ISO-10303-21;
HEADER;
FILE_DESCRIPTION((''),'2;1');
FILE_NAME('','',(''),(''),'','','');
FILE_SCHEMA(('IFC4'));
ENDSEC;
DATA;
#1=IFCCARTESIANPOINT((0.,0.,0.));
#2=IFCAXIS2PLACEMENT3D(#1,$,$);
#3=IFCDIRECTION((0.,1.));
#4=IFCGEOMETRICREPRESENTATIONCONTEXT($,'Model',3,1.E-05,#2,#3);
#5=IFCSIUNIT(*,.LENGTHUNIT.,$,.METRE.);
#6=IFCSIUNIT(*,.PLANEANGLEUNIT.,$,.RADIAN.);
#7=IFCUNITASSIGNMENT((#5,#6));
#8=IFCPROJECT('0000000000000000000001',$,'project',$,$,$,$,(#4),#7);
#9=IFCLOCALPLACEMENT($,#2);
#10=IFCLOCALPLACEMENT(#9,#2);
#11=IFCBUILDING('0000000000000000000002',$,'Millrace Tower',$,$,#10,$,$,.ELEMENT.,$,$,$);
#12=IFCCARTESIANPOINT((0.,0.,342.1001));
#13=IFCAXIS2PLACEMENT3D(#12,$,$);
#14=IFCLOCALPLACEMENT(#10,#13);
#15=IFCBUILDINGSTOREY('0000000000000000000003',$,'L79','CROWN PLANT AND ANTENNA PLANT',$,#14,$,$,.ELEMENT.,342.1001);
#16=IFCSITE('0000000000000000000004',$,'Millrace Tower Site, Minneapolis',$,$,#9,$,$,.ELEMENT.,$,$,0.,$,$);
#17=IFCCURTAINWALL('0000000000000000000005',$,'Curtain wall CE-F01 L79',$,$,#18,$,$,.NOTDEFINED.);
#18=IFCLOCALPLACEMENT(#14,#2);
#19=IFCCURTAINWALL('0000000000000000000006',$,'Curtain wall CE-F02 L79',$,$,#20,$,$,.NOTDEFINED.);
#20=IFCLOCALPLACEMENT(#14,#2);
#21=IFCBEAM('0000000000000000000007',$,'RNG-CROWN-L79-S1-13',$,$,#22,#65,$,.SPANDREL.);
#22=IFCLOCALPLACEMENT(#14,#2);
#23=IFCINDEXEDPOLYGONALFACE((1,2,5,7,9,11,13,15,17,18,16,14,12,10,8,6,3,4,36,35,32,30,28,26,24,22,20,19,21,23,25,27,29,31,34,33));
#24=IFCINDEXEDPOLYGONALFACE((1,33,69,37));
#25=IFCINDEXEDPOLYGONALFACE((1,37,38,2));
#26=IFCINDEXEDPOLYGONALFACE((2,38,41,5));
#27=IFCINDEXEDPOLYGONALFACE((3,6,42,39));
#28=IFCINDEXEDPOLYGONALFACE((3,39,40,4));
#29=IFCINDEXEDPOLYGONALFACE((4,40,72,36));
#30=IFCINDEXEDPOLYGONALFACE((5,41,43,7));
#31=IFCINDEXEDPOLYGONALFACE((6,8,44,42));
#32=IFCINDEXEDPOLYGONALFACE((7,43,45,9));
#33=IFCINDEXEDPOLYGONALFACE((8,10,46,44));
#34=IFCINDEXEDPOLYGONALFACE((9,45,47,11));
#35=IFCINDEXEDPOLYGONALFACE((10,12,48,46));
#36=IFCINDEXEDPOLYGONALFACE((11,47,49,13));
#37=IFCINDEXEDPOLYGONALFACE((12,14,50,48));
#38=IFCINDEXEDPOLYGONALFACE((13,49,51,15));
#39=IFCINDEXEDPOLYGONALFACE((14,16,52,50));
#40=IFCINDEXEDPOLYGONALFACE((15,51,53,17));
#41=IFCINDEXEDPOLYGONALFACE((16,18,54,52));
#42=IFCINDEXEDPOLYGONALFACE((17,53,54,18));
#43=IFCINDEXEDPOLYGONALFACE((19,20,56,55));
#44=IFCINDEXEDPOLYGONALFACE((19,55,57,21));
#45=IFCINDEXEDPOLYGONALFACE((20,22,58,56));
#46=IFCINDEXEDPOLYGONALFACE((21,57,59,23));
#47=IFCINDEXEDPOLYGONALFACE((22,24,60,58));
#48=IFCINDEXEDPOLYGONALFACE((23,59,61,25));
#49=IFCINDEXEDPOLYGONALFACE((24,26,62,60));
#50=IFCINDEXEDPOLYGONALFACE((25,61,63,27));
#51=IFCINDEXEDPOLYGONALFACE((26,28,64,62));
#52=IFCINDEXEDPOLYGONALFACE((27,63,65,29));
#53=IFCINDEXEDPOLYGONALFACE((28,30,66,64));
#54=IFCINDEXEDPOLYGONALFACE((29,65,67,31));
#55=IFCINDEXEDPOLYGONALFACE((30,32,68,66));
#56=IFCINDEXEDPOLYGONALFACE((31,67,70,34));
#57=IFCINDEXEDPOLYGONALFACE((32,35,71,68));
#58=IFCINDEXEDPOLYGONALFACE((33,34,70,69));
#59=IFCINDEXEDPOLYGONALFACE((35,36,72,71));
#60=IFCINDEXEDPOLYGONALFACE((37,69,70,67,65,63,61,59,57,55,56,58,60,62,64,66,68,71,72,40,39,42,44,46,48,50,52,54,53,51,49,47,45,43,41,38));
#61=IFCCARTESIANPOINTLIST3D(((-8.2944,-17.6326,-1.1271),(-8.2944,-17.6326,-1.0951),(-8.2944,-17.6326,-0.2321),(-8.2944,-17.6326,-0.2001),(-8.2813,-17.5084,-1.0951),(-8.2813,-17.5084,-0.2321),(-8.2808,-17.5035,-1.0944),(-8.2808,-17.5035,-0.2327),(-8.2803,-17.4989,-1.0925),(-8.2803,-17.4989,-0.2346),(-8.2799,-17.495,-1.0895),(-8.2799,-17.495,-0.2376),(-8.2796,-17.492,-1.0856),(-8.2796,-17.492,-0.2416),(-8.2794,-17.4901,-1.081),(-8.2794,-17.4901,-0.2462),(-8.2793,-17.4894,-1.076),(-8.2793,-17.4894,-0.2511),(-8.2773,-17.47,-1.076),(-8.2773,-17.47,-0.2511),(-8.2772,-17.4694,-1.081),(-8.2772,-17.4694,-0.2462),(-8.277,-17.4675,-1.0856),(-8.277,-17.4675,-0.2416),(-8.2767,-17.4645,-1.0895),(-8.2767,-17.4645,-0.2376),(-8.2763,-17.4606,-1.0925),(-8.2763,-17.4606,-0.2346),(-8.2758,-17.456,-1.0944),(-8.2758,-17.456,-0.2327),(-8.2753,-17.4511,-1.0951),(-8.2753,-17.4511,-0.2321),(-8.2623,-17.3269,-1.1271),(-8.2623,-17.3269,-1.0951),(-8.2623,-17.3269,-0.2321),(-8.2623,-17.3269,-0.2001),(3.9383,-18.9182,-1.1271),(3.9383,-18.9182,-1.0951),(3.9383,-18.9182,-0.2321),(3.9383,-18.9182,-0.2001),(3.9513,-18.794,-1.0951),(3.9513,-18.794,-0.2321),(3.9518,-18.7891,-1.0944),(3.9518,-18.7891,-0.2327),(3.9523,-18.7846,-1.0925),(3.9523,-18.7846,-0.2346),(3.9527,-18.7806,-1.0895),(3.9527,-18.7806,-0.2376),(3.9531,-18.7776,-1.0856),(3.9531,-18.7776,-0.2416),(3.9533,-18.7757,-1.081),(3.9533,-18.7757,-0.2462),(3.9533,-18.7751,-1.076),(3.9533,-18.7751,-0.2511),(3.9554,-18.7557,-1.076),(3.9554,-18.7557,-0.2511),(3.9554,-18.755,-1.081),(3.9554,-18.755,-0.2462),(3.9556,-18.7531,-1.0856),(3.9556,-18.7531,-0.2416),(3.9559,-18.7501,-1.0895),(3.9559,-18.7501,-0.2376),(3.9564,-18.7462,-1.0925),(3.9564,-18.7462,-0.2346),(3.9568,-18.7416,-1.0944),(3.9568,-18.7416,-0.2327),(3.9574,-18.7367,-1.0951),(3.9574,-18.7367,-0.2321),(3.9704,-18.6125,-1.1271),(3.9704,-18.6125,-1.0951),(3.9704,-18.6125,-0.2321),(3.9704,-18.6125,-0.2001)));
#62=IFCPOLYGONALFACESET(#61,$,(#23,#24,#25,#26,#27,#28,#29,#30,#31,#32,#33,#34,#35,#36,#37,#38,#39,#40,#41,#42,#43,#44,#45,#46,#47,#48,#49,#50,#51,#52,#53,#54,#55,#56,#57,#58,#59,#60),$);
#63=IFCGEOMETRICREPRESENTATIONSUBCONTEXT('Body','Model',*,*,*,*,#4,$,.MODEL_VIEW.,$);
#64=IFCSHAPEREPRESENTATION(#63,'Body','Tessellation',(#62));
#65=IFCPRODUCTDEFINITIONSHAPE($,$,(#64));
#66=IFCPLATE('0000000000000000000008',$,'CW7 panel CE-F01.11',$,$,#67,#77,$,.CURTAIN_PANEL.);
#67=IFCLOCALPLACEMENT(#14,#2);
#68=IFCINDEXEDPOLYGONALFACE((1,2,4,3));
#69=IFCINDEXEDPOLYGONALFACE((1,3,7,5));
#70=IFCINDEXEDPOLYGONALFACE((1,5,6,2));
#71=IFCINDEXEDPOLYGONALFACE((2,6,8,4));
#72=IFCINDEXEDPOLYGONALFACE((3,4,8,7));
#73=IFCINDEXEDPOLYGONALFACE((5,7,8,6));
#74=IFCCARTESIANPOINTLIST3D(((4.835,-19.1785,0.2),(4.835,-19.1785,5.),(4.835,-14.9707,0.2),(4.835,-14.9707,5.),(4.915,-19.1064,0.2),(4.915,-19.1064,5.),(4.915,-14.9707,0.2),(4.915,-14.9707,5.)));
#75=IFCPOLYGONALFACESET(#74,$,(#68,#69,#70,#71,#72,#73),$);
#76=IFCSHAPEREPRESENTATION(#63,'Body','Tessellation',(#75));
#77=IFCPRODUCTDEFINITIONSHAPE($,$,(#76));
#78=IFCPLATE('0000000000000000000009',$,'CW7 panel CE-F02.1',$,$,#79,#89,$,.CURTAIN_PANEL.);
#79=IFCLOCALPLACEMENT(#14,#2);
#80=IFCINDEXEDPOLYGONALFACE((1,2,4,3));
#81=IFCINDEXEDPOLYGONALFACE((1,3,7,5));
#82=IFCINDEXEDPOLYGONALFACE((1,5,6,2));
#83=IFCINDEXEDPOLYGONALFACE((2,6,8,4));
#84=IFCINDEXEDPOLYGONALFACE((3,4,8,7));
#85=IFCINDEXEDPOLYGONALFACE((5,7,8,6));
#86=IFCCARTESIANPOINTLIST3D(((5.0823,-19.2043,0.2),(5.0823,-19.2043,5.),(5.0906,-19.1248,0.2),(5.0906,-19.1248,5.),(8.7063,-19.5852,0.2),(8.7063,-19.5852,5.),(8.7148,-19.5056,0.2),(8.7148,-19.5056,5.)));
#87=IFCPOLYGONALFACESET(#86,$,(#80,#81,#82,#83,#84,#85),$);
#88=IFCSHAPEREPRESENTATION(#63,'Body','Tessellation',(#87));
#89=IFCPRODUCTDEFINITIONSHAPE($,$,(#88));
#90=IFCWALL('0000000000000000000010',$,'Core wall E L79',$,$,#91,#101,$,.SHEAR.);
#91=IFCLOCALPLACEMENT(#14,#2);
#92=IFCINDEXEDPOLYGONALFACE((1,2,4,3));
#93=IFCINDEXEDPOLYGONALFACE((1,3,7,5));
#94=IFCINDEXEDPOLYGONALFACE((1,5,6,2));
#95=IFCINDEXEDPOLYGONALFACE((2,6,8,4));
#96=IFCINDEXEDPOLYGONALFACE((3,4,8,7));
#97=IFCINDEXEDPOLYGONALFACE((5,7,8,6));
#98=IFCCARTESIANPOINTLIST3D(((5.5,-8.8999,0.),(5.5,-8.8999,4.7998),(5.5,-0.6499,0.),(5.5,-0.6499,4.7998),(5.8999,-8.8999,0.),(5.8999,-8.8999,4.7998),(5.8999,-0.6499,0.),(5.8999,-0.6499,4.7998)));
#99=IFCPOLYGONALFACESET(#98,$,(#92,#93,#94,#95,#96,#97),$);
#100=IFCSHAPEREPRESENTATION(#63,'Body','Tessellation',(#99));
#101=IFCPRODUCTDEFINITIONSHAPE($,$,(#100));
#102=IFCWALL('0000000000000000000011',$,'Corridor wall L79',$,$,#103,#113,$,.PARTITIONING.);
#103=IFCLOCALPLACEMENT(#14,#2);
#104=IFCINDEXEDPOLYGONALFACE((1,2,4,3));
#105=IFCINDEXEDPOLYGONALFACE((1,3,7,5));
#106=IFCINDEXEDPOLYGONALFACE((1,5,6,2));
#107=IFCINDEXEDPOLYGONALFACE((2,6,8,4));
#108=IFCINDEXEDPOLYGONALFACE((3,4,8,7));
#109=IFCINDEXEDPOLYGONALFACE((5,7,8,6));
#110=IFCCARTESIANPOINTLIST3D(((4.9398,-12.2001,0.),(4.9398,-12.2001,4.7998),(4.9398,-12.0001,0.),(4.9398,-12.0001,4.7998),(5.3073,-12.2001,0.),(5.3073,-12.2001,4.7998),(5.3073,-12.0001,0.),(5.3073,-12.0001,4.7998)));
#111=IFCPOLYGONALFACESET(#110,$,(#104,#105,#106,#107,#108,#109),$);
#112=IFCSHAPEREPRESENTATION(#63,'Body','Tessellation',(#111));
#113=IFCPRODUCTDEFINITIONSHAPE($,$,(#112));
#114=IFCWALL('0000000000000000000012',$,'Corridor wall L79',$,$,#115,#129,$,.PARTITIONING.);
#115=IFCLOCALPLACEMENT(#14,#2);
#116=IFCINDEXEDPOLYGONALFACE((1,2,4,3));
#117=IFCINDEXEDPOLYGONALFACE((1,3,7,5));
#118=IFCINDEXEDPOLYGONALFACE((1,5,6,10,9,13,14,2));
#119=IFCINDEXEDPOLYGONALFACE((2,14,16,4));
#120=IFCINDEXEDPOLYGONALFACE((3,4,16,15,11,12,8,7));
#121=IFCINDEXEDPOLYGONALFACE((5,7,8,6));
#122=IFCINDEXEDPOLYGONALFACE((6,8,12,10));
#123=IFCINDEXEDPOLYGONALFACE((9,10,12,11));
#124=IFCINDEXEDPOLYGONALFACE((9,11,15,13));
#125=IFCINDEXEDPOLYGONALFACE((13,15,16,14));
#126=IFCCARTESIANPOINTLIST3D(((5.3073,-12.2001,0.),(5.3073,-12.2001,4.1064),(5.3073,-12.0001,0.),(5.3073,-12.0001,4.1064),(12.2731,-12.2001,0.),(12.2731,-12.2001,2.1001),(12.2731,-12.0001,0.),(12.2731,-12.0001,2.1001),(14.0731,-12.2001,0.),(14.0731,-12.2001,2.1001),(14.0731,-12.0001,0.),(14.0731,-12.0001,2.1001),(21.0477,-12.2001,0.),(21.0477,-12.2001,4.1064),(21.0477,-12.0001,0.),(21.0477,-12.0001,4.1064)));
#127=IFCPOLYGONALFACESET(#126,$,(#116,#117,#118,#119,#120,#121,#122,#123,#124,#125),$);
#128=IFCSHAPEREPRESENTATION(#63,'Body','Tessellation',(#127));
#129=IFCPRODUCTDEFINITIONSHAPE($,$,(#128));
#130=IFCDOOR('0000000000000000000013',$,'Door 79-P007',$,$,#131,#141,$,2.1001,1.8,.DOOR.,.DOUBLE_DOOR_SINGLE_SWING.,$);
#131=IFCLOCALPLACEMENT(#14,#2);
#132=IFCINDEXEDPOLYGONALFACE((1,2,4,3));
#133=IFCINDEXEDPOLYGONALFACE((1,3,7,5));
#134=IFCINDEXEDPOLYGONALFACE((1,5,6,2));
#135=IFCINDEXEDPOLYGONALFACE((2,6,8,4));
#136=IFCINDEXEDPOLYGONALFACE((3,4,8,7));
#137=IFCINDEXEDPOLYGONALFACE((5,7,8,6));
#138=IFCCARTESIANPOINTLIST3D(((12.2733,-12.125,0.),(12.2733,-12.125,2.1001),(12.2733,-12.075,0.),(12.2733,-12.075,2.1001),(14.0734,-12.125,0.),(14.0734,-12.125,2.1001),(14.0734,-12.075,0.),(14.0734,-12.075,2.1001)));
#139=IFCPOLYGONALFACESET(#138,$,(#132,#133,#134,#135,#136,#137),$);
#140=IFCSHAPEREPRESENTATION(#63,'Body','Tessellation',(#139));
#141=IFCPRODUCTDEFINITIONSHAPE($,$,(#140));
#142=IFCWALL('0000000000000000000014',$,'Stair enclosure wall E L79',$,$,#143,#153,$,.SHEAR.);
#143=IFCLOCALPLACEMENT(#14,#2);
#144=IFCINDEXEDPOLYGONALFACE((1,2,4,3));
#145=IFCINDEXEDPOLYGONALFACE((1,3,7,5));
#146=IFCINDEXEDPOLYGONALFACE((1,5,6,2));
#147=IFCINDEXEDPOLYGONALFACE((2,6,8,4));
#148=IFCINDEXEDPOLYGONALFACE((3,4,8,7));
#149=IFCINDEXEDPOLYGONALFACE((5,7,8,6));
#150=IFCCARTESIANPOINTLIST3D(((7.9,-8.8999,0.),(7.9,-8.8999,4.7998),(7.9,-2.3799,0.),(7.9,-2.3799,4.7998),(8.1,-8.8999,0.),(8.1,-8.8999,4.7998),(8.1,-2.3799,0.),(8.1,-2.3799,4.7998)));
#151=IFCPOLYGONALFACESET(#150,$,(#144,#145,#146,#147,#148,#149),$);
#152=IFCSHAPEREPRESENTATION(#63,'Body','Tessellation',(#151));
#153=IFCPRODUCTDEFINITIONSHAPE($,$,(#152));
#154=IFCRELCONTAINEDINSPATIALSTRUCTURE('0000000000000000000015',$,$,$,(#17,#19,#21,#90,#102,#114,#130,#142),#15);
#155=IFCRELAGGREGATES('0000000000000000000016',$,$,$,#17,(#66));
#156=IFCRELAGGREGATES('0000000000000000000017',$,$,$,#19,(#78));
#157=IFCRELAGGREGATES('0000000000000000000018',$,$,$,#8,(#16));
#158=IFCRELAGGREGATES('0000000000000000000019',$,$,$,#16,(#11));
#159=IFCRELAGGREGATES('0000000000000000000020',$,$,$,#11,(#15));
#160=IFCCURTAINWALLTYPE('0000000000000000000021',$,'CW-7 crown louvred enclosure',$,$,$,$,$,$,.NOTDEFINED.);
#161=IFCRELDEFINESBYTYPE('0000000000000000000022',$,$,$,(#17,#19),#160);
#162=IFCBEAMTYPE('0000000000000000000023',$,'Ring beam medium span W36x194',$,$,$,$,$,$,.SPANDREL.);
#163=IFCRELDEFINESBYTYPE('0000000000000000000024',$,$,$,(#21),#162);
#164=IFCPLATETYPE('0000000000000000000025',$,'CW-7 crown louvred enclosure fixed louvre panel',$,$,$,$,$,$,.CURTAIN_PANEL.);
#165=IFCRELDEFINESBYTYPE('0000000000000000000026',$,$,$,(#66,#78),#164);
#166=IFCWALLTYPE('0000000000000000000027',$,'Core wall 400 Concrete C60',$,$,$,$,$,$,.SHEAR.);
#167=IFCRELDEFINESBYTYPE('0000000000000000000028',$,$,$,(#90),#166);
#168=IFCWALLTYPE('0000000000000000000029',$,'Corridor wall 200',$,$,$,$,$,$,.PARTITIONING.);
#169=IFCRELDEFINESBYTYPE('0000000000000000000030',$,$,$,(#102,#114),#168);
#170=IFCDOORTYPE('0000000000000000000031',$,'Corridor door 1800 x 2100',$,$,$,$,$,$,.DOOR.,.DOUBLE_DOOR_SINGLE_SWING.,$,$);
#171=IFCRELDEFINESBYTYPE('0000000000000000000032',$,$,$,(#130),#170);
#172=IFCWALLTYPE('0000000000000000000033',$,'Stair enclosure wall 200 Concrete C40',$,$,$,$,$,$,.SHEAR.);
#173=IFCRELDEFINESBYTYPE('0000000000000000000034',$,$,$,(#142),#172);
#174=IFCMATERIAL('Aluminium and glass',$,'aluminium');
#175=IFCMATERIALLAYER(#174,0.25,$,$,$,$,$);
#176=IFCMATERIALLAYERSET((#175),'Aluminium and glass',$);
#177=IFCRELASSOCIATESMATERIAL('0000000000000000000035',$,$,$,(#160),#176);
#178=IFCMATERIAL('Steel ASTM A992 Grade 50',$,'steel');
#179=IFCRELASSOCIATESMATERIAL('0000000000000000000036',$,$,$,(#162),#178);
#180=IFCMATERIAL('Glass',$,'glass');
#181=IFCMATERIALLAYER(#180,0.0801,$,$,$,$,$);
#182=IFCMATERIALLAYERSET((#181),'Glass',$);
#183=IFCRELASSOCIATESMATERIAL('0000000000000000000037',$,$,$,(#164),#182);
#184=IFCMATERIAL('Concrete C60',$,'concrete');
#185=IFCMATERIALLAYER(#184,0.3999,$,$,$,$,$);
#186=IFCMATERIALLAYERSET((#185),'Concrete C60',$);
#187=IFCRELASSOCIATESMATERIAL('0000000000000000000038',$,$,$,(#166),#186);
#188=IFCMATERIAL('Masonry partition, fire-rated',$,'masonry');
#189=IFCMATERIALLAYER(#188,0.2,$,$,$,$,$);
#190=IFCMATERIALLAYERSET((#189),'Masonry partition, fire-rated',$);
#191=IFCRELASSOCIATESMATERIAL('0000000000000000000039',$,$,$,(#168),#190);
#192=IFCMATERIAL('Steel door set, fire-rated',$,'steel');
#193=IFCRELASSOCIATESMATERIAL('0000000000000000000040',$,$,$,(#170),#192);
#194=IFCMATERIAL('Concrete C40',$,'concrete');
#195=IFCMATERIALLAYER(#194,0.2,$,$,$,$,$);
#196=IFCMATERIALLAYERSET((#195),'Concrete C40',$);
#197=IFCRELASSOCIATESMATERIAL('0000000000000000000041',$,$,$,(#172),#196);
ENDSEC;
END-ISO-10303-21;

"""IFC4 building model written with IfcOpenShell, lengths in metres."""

from ifc_helpers import new_model, si_unit, direction, frame, frame_2d, origin, origin_2d, place, context, subcontext, project, spatial, polyline, rectangle, i_section, outline, extrude, material, layer, layer_set, material_profile, profile_set, type_object, element, fill, aggregate, save


model = new_model("IFC4")

# Units and contexts
model_context = context("Model", 3, precision=1e-05, world=origin(), true_north=direction((0.0, 1.0)))
body_context = subcontext(model_context, "Body", "Model", "MODEL_VIEW")
ifc_project = project(units=[si_unit("LENGTHUNIT", "METRE"), si_unit("PLANEANGLEUNIT", "RADIAN")], contexts=[model_context])

# Site, building, storey
site_placement = place(None, origin())
site = spatial("IfcSite", under=ifc_project, at=site_placement, Name="Millrace Tower Site, Minneapolis", CompositionType="ELEMENT", RefElevation=0.0)
building_placement = place(site_placement, origin())
building = spatial("IfcBuilding", under=site, at=building_placement, Name="Millrace Tower", CompositionType="ELEMENT")
storey_placement = place(building_placement, frame((0.0, 0.0, 342.1001)))
storey = spatial("IfcBuildingStorey", under=building, at=storey_placement, Name="L79", Description="CROWN PLANT AND ANTENNA PLANT", CompositionType="ELEMENT", Elevation=342.1001)

# Curtain walls
ifc_material_1 = material(Name="Aluminium and glass", Category="aluminium")
ifc_layer_1 = layer(ifc_material_1, 0.25)
ifc_layer_set_1 = layer_set([ifc_layer_1], Name="Aluminium and glass")
curtain_wall_type = type_object("IfcCurtainWallType", Name="CW-7 crown louvred enclosure", PredefinedType="NOTDEFINED", material=ifc_layer_set_1)
placement_1 = place(storey_placement, origin())
curtain_wall_1 = element("IfcCurtainWall", 1, at=placement_1, inside=storey, type_object=curtain_wall_type, Name="Curtain wall CE-F01 L79", PredefinedType="NOTDEFINED")
curtain_wall_2 = element("IfcCurtainWall", 2, at=placement_1, inside=storey, type_object=curtain_wall_type, Name="Curtain wall CE-F02 L79", PredefinedType="NOTDEFINED")

# Beam
ifc_material_2 = material(Name="Steel ASTM A992 Grade 50", Category="steel")
ifc_material_profile_1 = material_profile(ifc_material_2, i_section(OverallWidth=0.3074, OverallDepth=0.927, WebThickness=0.0195, FlangeThickness=0.032, FilletRadius=0.019, at=origin_2d()))
ifc_profile_set_1 = profile_set([ifc_material_profile_1], Name="Steel ASTM A992 Grade 50")
beam_type_1 = type_object("IfcBeamType", Name="Ring beam medium span W36x194", PredefinedType="SPANDREL", material=ifc_profile_set_1)
beam_1_placement = place(storey_placement, frame((3.9543, -18.7654, -0.6636), z_axis=(-0.994522, 0.104524, 0.0), x_axis=(-0.104524, -0.994522, 0.0)))
element("IfcBeam", 3, at=beam_1_placement, inside=storey, type_object=beam_type_1, Name="RNG-CROWN-L79-S1-13", PredefinedType="SPANDREL", context=body_context, shape_type="SweptSolid", body=[
    extrude(i_section(OverallWidth=0.3074, OverallDepth=0.927, WebThickness=0.0195, FlangeThickness=0.032, FilletRadius=0.019, at=origin_2d()), origin(), (0.0, 0.0, 1.0), 12.3),
])

# Plates
ifc_material_3 = material(Name="Glass", Category="glass")
ifc_layer_2 = layer(ifc_material_3, 0.0801)
ifc_layer_set_2 = layer_set([ifc_layer_2], Name="Glass")
plate_type = type_object("IfcPlateType", Name="CW-7 crown louvred enclosure fixed louvre panel", PredefinedType="CURTAIN_PANEL", material=ifc_layer_set_2)
placement_2 = place(storey_placement, frame((0.0, 0.0, 0.2)))
plate_1 = element("IfcPlate", 4, at=placement_2, type_object=plate_type, Name="CW7 panel CE-F01.11", PredefinedType="CURTAIN_PANEL", context=body_context, shape_type="SweptSolid", body=[
    extrude(outline(polyline([(4.835, -14.9707), (4.835, -19.1785), (4.915, -19.1064), (4.915, -14.9707), (4.835, -14.9707)])), origin(), (0.0, 0.0, 1.0), 4.8),
])
aggregate(curtain_wall_1, [plate_1])
plate_2 = element("IfcPlate", 5, at=placement_2, type_object=plate_type, Name="CW7 panel CE-F02.1", PredefinedType="CURTAIN_PANEL", context=body_context, shape_type="SweptSolid", body=[
    extrude(outline(polyline([(5.0823, -19.2043), (8.7063, -19.5852), (8.7148, -19.5056), (5.0906, -19.1248), (5.0823, -19.2043)])), origin(), (0.0, 0.0, 1.0), 4.8),
])
aggregate(curtain_wall_2, [plate_2])

# Walls
ifc_material_4 = material(Name="Concrete C60", Category="concrete")
ifc_layer_3 = layer(ifc_material_4, 0.3999)
ifc_layer_set_3 = layer_set([ifc_layer_3], Name="Concrete C60")
wall_type_1 = type_object("IfcWallType", Name="Core wall 400 Concrete C60", PredefinedType="SHEAR", material=ifc_layer_set_3)
wall_1_placement = place(storey_placement, frame((5.7, -0.6499, 0.0), z_axis=(0.0, 0.0, 1.0), x_axis=(0.0, -1.0, 0.0)))
element("IfcWall", 6, at=wall_1_placement, inside=storey, type_object=wall_type_1, Name="Core wall E L79", PredefinedType="SHEAR", context=body_context, shape_type="SweptSolid", body=[
    extrude(rectangle(XDim=8.25, YDim=0.3999, at=frame_2d((4.125, 0.0))), origin(), (0.0, 0.0, 1.0), 4.7998),
])
ifc_material_5 = material(Name="Masonry partition, fire-rated", Category="masonry")
ifc_layer_4 = layer(ifc_material_5, 0.2)
ifc_layer_set_4 = layer_set([ifc_layer_4], Name="Masonry partition, fire-rated")
wall_type_2 = type_object("IfcWallType", Name="Corridor wall 200", PredefinedType="PARTITIONING", material=ifc_layer_set_4)
wall_2_placement = place(storey_placement, frame((4.9399, -12.1001, 0.0), z_axis=(0.0, 0.0, 1.0), x_axis=(1.0, 0.0, 0.0)))
element("IfcWall", 7, at=wall_2_placement, inside=storey, type_object=wall_type_2, Name="Corridor wall L79", PredefinedType="PARTITIONING", context=body_context, shape_type="SweptSolid", body=[
    extrude(rectangle(XDim=0.3674, YDim=0.2, at=frame_2d((0.1836, 0.0))), origin(), (0.0, 0.0, 1.0), 4.7998),
])

# Wall, opening, door
wall_3_placement = place(storey_placement, frame((5.3074, -12.1001, 0.0), z_axis=(0.0, 0.0, 1.0), x_axis=(1.0, 0.0, 0.0)))
wall_3 = element("IfcWall", 8, at=wall_3_placement, inside=storey, type_object=wall_type_2, Name="Corridor wall L79", PredefinedType="PARTITIONING", context=body_context, shape_type="SweptSolid", body=[
    extrude(rectangle(XDim=15.7405, YDim=0.2, at=frame_2d((7.8701, 0.0))), origin(), (0.0, 0.0, 1.0), 4.1064),
])
opening_placement = place(wall_3_placement, frame((6.9658, 0.0, 0.0)))
opening = element("IfcOpeningElement", 9, at=opening_placement, cuts=wall_3, PredefinedType="OPENING", context=body_context, shape_type="SweptSolid", body=[
    extrude(rectangle(XDim=1.8, YDim=2.1001, at=frame_2d((0.8999, 1.05))), frame((0.0, 0.1099, 0.0), z_axis=(0.0, -1.0, 0.0), x_axis=(1.0, 0.0, 0.0)), (0.0, 0.0, 1.0), 0.22),
])
ifc_material_6 = material(Name="Steel door set, fire-rated", Category="steel")
door_type = type_object("IfcDoorType", Name="Corridor door 1800 x 2100", OperationType="DOUBLE_DOOR_SINGLE_SWING", PredefinedType="DOOR", material=ifc_material_6)
door_placement = place(opening_placement, frame((1.8, 0.0, 0.0), z_axis=(0.0, 0.0, 1.0), x_axis=(-1.0, 0.0, 0.0)))
door = element("IfcDoor", 10, at=door_placement, inside=storey, type_object=door_type, Name="Door 79-P007", OperationType="DOUBLE_DOOR_SINGLE_SWING", OverallHeight=2.1001, OverallWidth=1.8, PredefinedType="DOOR", context=body_context, shape_type="SweptSolid", body=[
    extrude(rectangle(XDim=1.8, YDim=2.1001, at=frame_2d((0.8999, 1.05))), frame((0.0, 0.0249, 0.0), z_axis=(0.0, -1.0, 0.0), x_axis=(1.0, 0.0, 0.0)), (0.0, 0.0, 1.0), 0.05),
])
fill(opening, door)

# Wall
ifc_material_7 = material(Name="Concrete C40", Category="concrete")
ifc_layer_5 = layer(ifc_material_7, 0.2)
ifc_layer_set_5 = layer_set([ifc_layer_5], Name="Concrete C40")
wall_type_3 = type_object("IfcWallType", Name="Stair enclosure wall 200 Concrete C40", PredefinedType="SHEAR", material=ifc_layer_set_5)
wall_4_placement = place(storey_placement, frame((8.0, -2.3799, 0.0), z_axis=(0.0, 0.0, 1.0), x_axis=(0.0, -1.0, 0.0)))
element("IfcWall", 11, at=wall_4_placement, inside=storey, type_object=wall_type_3, Name="Stair enclosure wall E L79", PredefinedType="SHEAR", context=body_context, shape_type="SweptSolid", body=[
    extrude(rectangle(XDim=6.52, YDim=0.2, at=frame_2d((3.26, 0.0))), origin(), (0.0, 0.0, 1.0), 4.7998),
])

save(model, "model.ifc")
